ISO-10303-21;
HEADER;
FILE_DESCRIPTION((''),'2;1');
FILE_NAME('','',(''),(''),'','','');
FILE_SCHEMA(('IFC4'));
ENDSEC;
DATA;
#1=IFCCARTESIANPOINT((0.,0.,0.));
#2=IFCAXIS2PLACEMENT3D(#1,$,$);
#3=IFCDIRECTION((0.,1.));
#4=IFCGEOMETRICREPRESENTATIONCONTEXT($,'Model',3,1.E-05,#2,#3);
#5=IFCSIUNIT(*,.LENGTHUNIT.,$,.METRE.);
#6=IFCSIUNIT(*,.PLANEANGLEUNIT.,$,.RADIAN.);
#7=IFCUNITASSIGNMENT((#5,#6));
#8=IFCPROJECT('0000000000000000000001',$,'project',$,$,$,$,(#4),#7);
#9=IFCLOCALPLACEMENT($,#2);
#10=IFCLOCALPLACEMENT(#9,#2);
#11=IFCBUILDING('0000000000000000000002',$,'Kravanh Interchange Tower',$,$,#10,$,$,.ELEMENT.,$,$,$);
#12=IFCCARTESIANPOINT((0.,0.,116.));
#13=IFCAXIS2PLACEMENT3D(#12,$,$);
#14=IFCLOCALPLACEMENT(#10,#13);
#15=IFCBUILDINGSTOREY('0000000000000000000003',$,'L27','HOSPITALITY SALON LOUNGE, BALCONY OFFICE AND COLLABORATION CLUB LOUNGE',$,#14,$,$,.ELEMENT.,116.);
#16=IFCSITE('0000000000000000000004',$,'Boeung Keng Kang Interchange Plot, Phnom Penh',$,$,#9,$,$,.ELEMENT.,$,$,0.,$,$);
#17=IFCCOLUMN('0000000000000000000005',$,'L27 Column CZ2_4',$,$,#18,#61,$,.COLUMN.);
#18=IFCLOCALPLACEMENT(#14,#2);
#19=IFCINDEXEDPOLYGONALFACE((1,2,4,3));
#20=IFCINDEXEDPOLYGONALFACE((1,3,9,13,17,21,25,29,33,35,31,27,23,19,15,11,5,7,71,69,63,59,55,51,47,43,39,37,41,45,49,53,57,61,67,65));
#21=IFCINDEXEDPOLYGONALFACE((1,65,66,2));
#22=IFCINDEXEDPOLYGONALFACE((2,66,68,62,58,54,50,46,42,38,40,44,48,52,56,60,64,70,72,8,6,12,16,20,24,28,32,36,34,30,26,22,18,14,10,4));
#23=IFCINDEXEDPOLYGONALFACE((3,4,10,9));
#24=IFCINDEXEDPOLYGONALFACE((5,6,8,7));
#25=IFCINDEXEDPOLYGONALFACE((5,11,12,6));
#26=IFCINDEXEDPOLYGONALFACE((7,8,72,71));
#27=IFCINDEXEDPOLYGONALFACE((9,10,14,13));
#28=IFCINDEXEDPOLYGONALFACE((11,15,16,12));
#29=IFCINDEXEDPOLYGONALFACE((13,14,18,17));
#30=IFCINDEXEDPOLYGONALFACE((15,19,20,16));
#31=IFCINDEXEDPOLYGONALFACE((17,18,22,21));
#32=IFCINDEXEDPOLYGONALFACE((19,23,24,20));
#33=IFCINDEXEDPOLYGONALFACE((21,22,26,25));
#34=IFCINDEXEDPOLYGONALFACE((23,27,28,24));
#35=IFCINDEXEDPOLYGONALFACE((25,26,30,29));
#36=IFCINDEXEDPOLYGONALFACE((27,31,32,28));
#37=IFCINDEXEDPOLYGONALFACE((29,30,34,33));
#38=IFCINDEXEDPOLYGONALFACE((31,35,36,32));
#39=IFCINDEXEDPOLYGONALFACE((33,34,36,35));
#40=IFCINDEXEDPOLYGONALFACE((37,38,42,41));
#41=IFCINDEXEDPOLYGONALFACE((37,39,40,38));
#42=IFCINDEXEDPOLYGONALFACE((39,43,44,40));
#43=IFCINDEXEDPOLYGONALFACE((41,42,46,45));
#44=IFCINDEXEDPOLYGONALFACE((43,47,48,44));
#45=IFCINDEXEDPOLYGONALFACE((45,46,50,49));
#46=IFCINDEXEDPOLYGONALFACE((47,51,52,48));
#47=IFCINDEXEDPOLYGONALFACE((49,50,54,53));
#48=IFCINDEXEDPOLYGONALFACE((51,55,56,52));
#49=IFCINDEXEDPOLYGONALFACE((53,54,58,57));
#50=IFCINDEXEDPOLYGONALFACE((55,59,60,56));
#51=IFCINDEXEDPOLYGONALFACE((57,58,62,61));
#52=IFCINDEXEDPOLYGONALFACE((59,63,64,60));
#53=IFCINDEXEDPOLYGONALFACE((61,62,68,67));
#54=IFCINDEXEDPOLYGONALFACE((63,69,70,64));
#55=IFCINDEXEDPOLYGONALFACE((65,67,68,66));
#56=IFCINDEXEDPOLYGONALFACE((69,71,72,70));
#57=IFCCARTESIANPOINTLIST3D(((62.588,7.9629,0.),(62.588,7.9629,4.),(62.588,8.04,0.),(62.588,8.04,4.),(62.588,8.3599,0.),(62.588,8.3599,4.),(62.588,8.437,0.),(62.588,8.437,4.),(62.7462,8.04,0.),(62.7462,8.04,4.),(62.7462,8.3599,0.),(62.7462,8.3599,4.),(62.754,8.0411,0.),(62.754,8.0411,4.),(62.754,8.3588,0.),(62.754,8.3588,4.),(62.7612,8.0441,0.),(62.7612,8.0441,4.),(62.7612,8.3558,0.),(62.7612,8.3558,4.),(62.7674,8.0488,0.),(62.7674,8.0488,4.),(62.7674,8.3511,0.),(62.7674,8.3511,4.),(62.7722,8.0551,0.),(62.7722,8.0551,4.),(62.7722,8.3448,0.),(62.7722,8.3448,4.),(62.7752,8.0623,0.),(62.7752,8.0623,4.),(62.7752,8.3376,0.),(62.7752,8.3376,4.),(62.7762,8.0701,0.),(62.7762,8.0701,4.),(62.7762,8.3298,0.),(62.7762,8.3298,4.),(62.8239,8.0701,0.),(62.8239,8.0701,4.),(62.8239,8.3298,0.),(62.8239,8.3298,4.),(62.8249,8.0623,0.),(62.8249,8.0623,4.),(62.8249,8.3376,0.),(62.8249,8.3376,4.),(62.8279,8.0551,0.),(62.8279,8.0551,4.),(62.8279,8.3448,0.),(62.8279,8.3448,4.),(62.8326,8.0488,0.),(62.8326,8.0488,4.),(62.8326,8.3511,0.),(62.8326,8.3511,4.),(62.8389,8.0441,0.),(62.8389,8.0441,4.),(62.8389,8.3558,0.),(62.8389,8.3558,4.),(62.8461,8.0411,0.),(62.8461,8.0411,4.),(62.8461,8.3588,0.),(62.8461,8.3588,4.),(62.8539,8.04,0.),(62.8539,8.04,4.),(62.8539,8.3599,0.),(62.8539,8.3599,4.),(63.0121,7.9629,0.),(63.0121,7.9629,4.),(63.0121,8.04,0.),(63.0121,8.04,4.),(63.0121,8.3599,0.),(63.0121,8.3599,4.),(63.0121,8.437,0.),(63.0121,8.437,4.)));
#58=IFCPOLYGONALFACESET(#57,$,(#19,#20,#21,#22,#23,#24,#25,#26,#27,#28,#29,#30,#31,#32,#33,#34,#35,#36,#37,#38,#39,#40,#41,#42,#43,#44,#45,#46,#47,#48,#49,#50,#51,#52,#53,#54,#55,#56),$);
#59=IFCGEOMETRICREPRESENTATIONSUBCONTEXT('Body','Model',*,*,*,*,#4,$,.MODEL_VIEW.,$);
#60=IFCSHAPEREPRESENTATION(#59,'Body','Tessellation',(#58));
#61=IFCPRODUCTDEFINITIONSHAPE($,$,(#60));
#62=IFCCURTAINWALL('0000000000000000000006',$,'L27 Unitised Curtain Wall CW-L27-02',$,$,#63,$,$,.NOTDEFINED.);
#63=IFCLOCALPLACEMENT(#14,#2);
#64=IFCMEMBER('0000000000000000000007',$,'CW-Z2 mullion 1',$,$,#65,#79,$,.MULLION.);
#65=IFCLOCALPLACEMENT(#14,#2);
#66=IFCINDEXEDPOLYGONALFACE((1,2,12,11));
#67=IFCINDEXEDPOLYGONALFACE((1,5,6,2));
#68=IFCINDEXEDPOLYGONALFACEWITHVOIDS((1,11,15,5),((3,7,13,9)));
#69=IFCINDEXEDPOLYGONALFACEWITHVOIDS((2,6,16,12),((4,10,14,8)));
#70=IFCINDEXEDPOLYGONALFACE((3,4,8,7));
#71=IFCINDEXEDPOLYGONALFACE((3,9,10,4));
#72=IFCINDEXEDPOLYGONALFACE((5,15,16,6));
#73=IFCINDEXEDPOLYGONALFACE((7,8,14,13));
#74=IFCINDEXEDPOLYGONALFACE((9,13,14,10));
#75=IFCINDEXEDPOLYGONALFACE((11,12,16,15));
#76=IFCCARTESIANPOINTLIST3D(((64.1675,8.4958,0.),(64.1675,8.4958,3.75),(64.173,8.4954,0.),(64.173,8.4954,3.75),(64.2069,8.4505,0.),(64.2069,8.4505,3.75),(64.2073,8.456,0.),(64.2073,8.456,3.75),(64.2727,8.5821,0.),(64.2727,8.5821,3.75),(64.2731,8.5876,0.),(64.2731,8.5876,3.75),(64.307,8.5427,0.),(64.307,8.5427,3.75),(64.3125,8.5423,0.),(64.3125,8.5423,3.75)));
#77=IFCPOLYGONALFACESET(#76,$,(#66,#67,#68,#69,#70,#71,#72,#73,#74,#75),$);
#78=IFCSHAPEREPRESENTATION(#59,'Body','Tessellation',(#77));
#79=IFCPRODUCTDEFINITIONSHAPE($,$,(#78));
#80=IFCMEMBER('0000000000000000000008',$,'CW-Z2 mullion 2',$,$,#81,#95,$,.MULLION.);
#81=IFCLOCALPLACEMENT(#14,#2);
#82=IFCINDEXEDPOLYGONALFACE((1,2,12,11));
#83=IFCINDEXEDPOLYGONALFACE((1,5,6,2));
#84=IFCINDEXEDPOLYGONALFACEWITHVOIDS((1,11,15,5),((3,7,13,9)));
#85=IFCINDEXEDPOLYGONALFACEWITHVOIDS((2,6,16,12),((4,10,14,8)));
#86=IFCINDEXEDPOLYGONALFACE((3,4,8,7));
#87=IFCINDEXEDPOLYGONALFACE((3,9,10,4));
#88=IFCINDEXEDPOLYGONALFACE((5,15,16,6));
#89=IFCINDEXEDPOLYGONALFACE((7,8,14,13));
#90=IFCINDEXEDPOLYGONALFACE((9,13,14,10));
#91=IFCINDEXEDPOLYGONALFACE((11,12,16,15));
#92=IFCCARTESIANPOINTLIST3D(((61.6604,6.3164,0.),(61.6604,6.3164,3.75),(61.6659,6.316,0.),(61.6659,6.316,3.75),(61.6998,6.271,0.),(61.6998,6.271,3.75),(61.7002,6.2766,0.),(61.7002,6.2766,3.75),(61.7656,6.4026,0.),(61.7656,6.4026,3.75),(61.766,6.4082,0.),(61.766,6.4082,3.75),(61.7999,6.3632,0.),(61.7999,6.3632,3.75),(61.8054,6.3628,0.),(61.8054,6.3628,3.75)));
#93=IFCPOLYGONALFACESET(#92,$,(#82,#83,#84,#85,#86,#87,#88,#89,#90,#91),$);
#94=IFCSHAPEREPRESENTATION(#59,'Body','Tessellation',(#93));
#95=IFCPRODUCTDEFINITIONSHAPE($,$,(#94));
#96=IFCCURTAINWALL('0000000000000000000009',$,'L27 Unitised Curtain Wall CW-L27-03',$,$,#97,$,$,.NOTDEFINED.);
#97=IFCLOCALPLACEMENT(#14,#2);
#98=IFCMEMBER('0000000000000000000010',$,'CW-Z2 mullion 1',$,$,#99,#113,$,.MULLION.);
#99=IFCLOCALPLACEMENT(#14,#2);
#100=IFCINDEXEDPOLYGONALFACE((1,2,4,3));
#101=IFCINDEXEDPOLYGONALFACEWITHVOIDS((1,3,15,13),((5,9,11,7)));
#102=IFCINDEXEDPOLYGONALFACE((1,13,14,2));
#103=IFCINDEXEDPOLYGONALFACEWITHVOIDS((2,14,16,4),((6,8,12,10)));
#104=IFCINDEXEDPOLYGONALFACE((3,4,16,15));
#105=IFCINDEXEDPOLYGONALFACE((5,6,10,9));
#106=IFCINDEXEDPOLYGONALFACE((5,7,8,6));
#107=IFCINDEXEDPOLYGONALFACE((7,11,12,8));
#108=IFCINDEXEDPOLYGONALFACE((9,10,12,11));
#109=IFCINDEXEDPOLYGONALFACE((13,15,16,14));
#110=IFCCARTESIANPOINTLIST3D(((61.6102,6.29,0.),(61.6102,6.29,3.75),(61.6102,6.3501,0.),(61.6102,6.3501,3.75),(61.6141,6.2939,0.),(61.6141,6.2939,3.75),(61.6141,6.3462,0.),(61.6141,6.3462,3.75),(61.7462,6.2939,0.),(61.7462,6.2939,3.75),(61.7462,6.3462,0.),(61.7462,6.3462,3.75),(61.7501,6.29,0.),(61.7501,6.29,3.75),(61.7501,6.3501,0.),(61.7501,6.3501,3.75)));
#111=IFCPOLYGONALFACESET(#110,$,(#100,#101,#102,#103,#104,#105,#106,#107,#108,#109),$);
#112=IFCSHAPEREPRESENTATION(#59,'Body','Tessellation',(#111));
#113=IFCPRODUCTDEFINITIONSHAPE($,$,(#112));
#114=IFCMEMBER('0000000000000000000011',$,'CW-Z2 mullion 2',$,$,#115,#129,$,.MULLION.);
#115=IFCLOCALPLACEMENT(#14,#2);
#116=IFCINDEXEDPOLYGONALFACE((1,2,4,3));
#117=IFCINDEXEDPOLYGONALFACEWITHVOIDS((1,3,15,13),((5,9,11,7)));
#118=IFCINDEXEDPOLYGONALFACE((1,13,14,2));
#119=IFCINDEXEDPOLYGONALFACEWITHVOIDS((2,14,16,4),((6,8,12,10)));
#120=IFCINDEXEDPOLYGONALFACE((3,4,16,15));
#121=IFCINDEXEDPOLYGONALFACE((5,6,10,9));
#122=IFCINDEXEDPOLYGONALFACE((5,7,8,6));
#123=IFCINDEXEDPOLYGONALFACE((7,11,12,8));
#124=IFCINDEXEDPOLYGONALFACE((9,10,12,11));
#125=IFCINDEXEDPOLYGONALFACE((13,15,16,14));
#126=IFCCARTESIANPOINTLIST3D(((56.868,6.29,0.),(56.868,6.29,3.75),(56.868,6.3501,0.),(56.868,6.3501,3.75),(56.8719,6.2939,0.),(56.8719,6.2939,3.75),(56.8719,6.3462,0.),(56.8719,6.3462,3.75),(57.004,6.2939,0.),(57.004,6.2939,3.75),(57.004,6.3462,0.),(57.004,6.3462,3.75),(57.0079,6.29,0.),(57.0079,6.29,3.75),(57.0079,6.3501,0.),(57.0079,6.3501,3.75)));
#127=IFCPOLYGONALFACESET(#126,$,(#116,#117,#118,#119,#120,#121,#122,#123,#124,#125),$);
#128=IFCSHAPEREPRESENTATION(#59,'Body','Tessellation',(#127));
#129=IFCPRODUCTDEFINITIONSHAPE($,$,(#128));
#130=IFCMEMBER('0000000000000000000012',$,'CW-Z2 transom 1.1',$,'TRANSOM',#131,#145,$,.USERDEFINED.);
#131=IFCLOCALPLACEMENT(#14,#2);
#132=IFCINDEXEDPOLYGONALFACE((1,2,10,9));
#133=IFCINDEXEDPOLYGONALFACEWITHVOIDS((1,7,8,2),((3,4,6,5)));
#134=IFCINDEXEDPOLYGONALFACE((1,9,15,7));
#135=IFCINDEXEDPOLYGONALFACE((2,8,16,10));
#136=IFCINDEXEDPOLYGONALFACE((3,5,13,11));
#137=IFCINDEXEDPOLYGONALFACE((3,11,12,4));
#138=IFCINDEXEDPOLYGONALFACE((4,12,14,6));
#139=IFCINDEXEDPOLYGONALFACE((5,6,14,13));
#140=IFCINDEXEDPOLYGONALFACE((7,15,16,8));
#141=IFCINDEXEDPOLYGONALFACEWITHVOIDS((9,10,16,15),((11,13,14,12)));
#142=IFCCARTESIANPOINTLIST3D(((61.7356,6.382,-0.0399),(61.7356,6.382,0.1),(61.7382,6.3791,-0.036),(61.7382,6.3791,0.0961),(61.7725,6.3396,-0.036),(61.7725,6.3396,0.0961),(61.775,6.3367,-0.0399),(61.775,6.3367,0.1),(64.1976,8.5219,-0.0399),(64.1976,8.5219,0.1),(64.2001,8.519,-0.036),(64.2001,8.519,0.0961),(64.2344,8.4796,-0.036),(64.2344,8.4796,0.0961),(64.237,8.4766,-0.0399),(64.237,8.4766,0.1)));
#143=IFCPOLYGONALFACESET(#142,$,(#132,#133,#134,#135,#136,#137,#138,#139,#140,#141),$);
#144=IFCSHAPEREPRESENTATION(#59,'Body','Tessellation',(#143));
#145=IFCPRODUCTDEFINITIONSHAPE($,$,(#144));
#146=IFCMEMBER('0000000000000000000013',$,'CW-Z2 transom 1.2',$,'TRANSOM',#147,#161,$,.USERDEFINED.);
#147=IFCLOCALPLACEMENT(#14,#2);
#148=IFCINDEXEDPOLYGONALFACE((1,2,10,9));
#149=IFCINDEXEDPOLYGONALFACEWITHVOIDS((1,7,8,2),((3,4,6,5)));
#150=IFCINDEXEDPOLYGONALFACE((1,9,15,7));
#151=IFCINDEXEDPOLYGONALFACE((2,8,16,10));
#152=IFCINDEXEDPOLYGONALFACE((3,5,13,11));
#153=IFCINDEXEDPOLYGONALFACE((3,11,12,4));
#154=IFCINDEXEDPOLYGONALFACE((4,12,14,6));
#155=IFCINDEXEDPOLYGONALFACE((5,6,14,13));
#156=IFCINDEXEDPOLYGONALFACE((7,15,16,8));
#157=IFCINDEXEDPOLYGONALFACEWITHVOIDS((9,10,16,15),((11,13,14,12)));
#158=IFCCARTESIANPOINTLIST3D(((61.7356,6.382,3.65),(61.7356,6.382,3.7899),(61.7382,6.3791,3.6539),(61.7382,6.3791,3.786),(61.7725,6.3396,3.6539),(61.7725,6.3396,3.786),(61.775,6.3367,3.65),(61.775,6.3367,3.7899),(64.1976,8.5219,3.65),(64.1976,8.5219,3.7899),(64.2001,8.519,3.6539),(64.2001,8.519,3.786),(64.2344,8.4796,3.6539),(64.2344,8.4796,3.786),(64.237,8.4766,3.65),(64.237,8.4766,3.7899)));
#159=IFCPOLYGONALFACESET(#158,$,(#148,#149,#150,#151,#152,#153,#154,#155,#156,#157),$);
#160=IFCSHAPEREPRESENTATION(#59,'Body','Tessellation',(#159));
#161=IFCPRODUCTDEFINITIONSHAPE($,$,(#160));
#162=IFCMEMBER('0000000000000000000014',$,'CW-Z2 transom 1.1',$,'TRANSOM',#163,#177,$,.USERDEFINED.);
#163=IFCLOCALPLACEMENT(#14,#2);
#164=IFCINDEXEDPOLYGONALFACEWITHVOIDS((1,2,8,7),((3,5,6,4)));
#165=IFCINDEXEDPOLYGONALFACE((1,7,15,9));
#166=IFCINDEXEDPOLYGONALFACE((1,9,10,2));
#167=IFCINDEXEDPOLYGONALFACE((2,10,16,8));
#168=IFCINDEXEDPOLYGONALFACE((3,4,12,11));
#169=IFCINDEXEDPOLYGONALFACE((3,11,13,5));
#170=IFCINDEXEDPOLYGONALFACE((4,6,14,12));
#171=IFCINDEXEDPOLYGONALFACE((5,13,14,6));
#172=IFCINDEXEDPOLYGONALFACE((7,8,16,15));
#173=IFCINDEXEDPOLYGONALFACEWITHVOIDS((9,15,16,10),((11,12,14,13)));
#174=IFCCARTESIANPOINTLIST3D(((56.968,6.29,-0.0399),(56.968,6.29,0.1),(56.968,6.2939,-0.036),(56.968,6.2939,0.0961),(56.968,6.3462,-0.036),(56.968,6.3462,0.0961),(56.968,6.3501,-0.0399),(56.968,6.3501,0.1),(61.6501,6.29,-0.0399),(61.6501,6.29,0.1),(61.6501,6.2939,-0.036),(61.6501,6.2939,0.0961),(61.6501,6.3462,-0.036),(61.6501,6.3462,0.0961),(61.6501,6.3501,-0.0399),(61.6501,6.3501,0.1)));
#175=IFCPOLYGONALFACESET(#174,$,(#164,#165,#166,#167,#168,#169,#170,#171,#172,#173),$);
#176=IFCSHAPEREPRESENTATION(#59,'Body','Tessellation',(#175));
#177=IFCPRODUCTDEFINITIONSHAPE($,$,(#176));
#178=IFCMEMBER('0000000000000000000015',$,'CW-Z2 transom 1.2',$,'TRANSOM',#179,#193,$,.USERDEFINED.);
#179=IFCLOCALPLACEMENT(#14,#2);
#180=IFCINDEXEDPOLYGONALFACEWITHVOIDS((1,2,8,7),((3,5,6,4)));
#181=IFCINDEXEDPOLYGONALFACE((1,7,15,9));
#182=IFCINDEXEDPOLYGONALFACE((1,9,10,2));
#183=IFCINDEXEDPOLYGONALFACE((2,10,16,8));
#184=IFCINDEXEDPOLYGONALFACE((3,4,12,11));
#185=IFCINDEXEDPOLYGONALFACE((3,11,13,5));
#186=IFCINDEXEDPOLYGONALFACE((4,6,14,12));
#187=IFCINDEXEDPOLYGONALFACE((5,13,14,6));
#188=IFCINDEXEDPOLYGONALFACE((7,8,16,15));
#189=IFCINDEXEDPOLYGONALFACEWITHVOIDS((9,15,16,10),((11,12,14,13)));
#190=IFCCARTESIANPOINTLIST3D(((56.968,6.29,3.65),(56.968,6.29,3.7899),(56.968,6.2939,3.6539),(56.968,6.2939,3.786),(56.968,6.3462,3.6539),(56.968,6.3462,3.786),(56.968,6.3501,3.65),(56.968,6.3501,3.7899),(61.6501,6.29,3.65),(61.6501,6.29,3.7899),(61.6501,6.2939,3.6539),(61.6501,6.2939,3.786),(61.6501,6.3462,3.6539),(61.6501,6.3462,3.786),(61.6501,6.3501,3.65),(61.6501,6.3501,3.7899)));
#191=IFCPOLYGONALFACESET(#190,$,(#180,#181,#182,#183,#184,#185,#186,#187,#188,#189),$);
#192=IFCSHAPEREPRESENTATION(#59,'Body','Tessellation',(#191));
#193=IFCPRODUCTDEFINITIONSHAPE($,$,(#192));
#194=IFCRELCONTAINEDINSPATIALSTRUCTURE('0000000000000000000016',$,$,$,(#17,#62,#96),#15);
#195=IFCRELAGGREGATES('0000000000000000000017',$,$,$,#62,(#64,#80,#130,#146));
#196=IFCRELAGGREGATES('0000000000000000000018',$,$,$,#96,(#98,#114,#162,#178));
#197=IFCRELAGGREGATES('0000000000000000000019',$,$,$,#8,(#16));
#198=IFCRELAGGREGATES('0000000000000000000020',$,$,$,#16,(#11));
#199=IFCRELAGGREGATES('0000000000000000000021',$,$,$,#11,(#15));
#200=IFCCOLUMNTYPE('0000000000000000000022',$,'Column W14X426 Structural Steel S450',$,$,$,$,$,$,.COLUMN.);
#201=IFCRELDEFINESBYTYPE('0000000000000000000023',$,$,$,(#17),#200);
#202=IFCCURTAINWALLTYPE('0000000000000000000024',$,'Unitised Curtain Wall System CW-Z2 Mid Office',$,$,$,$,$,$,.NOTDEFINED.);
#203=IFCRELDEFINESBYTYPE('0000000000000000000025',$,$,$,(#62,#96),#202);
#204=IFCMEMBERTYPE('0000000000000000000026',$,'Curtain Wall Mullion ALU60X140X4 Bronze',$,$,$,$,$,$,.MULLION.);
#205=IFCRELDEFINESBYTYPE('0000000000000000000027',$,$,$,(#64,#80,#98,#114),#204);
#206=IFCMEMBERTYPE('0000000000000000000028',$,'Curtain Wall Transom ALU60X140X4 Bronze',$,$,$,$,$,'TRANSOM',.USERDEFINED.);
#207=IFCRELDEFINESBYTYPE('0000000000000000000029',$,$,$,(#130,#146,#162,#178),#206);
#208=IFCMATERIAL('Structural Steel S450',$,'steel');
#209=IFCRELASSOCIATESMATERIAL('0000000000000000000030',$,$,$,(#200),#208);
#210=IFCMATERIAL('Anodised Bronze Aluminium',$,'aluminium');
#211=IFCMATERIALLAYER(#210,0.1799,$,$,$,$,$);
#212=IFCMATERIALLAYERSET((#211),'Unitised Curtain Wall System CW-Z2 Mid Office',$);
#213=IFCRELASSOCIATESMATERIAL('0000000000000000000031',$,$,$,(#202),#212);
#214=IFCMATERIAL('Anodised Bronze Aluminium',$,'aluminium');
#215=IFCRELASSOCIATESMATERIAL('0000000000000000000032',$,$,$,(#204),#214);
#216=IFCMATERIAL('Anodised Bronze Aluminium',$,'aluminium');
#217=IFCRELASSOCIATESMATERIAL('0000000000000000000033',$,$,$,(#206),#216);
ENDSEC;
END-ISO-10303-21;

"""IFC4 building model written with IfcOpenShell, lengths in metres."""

from ifc_helpers import new_model, si_unit, direction, frame, origin, origin_2d, place, context, subcontext, project, spatial, hollow_rectangle, i_section, extrude, material, layer, layer_set, material_profile, profile_set, type_object, element, aggregate, save


model = new_model("IFC4")

# Units and contexts
model_context = context("Model", 3, precision=1e-05, world=origin(), true_north=direction((0.0, 1.0)))
body_context = subcontext(model_context, "Body", "Model", "MODEL_VIEW")
ifc_project = project(units=[si_unit("LENGTHUNIT", "METRE"), si_unit("PLANEANGLEUNIT", "RADIAN")], contexts=[model_context])

# Site, building, storey
site_placement = place(None, origin())
site = spatial("IfcSite", under=ifc_project, at=site_placement, Name="Boeung Keng Kang Interchange Plot, Phnom Penh", CompositionType="ELEMENT", RefElevation=0.0)
building_placement = place(site_placement, origin())
building = spatial("IfcBuilding", under=site, at=building_placement, Name="Kravanh Interchange Tower", CompositionType="ELEMENT")
storey_placement = place(building_placement, frame((0.0, 0.0, 116.0)))
storey = spatial("IfcBuildingStorey", under=building, at=storey_placement, Name="L27", Description="HOSPITALITY SALON LOUNGE, BALCONY OFFICE AND COLLABORATION CLUB LOUNGE", CompositionType="ELEMENT", Elevation=116.0)

# Column
ifc_material_1 = material(Name="Structural Steel S450", Category="steel")
ifc_material_profile_1 = material_profile(ifc_material_1, i_section(OverallWidth=0.4241, OverallDepth=0.4741, WebThickness=0.0476, FlangeThickness=0.0771, FilletRadius=0.03, at=origin_2d()), Name="W14X426")
ifc_profile_set_1 = profile_set([ifc_material_profile_1], Name="Structural Steel S450")
column_type = type_object("IfcColumnType", Name="Column W14X426 Structural Steel S450", PredefinedType="COLUMN", material=ifc_profile_set_1)
column_placement = place(storey_placement, frame((62.8, 8.2, 0.0), z_axis=(0.0, 0.0, 1.0), x_axis=(1.0, 0.0, 0.0)))
element("IfcColumn", 1, at=column_placement, inside=storey, type_object=column_type, Name="L27 Column CZ2_4", PredefinedType="COLUMN", context=body_context, shape_type="SweptSolid", body=[
    extrude(i_section(OverallWidth=0.4241, OverallDepth=0.4741, WebThickness=0.0476, FlangeThickness=0.0771, FilletRadius=0.03, at=origin_2d()), origin(), (0.0, 0.0, 1.0), 4.0),
])

# Curtain walls, members
ifc_material_2 = material(Name="Anodised Bronze Aluminium", Category="aluminium")
ifc_layer_1 = layer(ifc_material_2, 0.1799)
ifc_layer_set_1 = layer_set([ifc_layer_1], Name="Unitised Curtain Wall System CW-Z2 Mid Office")
curtain_wall_type = type_object("IfcCurtainWallType", Name="Unitised Curtain Wall System CW-Z2 Mid Office", PredefinedType="NOTDEFINED", material=ifc_layer_set_1)
curtain_wall_1_placement = place(storey_placement, origin())
curtain_wall_1 = element("IfcCurtainWall", 2, at=curtain_wall_1_placement, inside=storey, type_object=curtain_wall_type, Name="L27 Unitised Curtain Wall CW-L27-02", PredefinedType="NOTDEFINED")
ifc_material_3 = material(Name="Anodised Bronze Aluminium", Category="aluminium")
ifc_material_profile_2 = material_profile(ifc_material_3, hollow_rectangle(XDim=0.0601, YDim=0.1399, WallThickness=0.0039, at=origin_2d()), Name="ALU60X140X4")
ifc_profile_set_2 = profile_set([ifc_material_profile_2], Name="Anodised Bronze Aluminium")
member_type_1 = type_object("IfcMemberType", Name="Curtain Wall Mullion ALU60X140X4 Bronze", PredefinedType="MULLION", material=ifc_profile_set_2)
member_1_placement = place(storey_placement, frame((64.24, 8.519, 0.0), z_axis=(0.0, 0.0, 1.0), x_axis=(0.656048, -0.754719, 0.0)))
member_1 = element("IfcMember", 3, at=member_1_placement, type_object=member_type_1, Name="CW-Z2 mullion 1", PredefinedType="MULLION", context=body_context, shape_type="SweptSolid", body=[
    extrude(hollow_rectangle(XDim=0.0601, YDim=0.1399, WallThickness=0.0039, at=origin_2d()), origin(), (0.0, 0.0, 1.0), 3.75),
])
member_2_placement = place(storey_placement, frame((61.7329, 6.3396, 0.0), z_axis=(0.0, 0.0, 1.0), x_axis=(0.656048, -0.754719, 0.0)))
member_2 = element("IfcMember", 4, at=member_2_placement, type_object=member_type_1, Name="CW-Z2 mullion 2", PredefinedType="MULLION", context=body_context, shape_type="SweptSolid", body=[
    extrude(hollow_rectangle(XDim=0.0601, YDim=0.1399, WallThickness=0.0039, at=origin_2d()), origin(), (0.0, 0.0, 1.0), 3.75),
])
curtain_wall_2_placement = place(storey_placement, origin())
curtain_wall_2 = element("IfcCurtainWall", 5, at=curtain_wall_2_placement, inside=storey, type_object=curtain_wall_type, Name="L27 Unitised Curtain Wall CW-L27-03", PredefinedType="NOTDEFINED")
member_3_placement = place(storey_placement, frame((61.6802, 6.3201, 0.0), z_axis=(0.0, 0.0, 1.0), x_axis=(0.0, -1.0, 0.0)))
member_3 = element("IfcMember", 6, at=member_3_placement, type_object=member_type_1, Name="CW-Z2 mullion 1", PredefinedType="MULLION", context=body_context, shape_type="SweptSolid", body=[
    extrude(hollow_rectangle(XDim=0.0601, YDim=0.1399, WallThickness=0.0039, at=origin_2d()), origin(), (0.0, 0.0, 1.0), 3.75),
])
member_4_placement = place(storey_placement, frame((56.938, 6.3201, 0.0), z_axis=(0.0, 0.0, 1.0), x_axis=(0.0, -1.0, 0.0)))
member_4 = element("IfcMember", 7, at=member_4_placement, type_object=member_type_1, Name="CW-Z2 mullion 2", PredefinedType="MULLION", context=body_context, shape_type="SweptSolid", body=[
    extrude(hollow_rectangle(XDim=0.0601, YDim=0.1399, WallThickness=0.0039, at=origin_2d()), origin(), (0.0, 0.0, 1.0), 3.75),
])

# Members
ifc_material_4 = material(Name="Anodised Bronze Aluminium", Category="aluminium")
ifc_material_profile_3 = material_profile(ifc_material_4, hollow_rectangle(XDim=0.0601, YDim=0.1399, WallThickness=0.0039, at=origin_2d()), Name="ALU60X140X4")
ifc_profile_set_3 = profile_set([ifc_material_profile_3], Name="Anodised Bronze Aluminium")
member_type_2 = type_object("IfcMemberType", Name="Curtain Wall Transom ALU60X140X4 Bronze", ElementType="TRANSOM", PredefinedType="USERDEFINED", material=ifc_profile_set_3)
member_5_placement = place(storey_placement, frame((64.2173, 8.4993, 0.03), z_axis=(-0.754742, -0.656021, 0.0), x_axis=(0.656021, -0.754742, 0.0)))
member_5 = element("IfcMember", 8, at=member_5_placement, type_object=member_type_2, Name="CW-Z2 transom 1.1", ObjectType="TRANSOM", PredefinedType="USERDEFINED", context=body_context, shape_type="SweptSolid", body=[
    extrude(hollow_rectangle(XDim=0.0601, YDim=0.1399, WallThickness=0.0039, at=origin_2d()), origin(), (0.0, 0.0, 1.0), 3.262),
])
member_6_placement = place(storey_placement, frame((64.2173, 8.4993, 3.72), z_axis=(-0.754742, -0.656021, 0.0), x_axis=(0.656021, -0.754742, 0.0)))
member_6 = element("IfcMember", 9, at=member_6_placement, type_object=member_type_2, Name="CW-Z2 transom 1.2", ObjectType="TRANSOM", PredefinedType="USERDEFINED", context=body_context, shape_type="SweptSolid", body=[
    extrude(hollow_rectangle(XDim=0.0601, YDim=0.1399, WallThickness=0.0039, at=origin_2d()), origin(), (0.0, 0.0, 1.0), 3.262),
])
member_7_placement = place(storey_placement, frame((61.6501, 6.3201, 0.03), z_axis=(-1.0, 0.0, 0.0), x_axis=(0.0, -1.0, 0.0)))
member_7 = element("IfcMember", 10, at=member_7_placement, type_object=member_type_2, Name="CW-Z2 transom 1.1", ObjectType="TRANSOM", PredefinedType="USERDEFINED", context=body_context, shape_type="SweptSolid", body=[
    extrude(hollow_rectangle(XDim=0.0601, YDim=0.1399, WallThickness=0.0039, at=origin_2d()), origin(), (0.0, 0.0, 1.0), 4.6821),
])
member_8_placement = place(storey_placement, frame((61.6501, 6.3201, 3.72), z_axis=(-1.0, 0.0, 0.0), x_axis=(0.0, -1.0, 0.0)))
member_8 = element("IfcMember", 11, at=member_8_placement, type_object=member_type_2, Name="CW-Z2 transom 1.2", ObjectType="TRANSOM", PredefinedType="USERDEFINED", context=body_context, shape_type="SweptSolid", body=[
    extrude(hollow_rectangle(XDim=0.0601, YDim=0.1399, WallThickness=0.0039, at=origin_2d()), origin(), (0.0, 0.0, 1.0), 4.6821),
])

aggregate(curtain_wall_1, [member_1, member_2, member_5, member_6])
aggregate(curtain_wall_2, [member_3, member_4, member_7, member_8])

save(model, "model.ifc")
